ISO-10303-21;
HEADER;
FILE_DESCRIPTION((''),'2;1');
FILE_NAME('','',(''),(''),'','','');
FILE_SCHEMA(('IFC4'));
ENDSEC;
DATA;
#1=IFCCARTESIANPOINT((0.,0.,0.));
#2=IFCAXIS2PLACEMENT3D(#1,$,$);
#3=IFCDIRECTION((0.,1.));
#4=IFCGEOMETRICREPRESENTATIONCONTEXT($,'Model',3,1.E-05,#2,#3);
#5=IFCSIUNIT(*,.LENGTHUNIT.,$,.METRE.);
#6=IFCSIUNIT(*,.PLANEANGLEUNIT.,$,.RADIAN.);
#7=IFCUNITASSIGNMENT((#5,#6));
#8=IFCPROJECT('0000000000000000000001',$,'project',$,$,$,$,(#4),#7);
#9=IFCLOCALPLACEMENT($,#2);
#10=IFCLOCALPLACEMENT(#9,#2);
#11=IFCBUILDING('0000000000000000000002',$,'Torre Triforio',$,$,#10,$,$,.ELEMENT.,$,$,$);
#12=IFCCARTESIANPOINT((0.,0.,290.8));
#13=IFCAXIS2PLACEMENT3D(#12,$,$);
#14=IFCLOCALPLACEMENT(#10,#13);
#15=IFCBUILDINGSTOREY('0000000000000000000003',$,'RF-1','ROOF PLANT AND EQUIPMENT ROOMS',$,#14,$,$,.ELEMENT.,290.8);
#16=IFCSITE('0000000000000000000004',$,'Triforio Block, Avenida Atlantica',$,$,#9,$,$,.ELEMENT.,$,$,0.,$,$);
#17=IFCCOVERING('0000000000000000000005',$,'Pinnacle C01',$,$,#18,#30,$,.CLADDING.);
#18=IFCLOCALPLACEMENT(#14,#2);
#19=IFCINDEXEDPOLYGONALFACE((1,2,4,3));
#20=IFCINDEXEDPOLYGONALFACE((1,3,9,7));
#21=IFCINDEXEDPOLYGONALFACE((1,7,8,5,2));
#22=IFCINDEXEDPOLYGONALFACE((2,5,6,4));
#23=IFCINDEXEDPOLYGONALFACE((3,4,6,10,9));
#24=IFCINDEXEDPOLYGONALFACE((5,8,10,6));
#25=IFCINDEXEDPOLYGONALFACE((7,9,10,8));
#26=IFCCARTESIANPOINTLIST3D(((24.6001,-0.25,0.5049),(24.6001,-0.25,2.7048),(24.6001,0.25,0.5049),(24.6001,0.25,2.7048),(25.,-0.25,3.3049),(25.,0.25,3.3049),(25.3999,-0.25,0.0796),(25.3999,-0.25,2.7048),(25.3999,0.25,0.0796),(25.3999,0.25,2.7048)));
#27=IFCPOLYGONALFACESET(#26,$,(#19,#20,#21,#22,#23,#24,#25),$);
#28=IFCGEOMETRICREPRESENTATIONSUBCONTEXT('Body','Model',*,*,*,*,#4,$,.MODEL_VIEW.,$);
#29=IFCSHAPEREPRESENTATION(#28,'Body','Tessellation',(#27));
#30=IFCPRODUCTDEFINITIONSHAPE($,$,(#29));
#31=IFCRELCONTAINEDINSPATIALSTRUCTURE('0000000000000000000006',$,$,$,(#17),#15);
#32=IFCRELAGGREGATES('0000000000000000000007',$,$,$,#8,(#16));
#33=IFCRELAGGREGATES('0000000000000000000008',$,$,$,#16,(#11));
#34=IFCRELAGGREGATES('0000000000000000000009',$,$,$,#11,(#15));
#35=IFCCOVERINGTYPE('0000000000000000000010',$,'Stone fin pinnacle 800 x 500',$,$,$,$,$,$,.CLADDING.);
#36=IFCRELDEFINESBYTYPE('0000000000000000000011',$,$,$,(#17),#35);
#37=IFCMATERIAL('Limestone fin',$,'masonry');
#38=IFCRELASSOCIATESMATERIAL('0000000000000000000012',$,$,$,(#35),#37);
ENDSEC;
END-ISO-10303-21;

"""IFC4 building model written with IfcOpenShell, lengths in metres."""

from ifc_helpers import new_model, si_unit, direction, frame, origin, place, context, subcontext, project, spatial, polyline, outline, extrude, material, material_profile, profile_set, type_object, element, save


model = new_model("IFC4")

# Units and contexts
model_context = context("Model", 3, precision=1e-05, world=origin(), true_north=direction((0.0, 1.0)))
body_context = subcontext(model_context, "Body", "Model", "MODEL_VIEW")
ifc_project = project(units=[si_unit("LENGTHUNIT", "METRE"), si_unit("PLANEANGLEUNIT", "RADIAN")], contexts=[model_context])

# Site, building, storey
site_placement = place(None, origin())
site = spatial("IfcSite", under=ifc_project, at=site_placement, Name="Triforio Block, Avenida Atlantica", CompositionType="ELEMENT", RefElevation=0.0)
building_placement = place(site_placement, origin())
building = spatial("IfcBuilding", under=site, at=building_placement, Name="Torre Triforio", CompositionType="ELEMENT")
storey_placement = place(building_placement, frame((0.0, 0.0, 290.8)))
storey = spatial("IfcBuildingStorey", under=building, at=storey_placement, Name="RF-1", Description="ROOF PLANT AND EQUIPMENT ROOMS", CompositionType="ELEMENT", Elevation=290.8)

# Covering
ifc_material_1 = material(Name="Limestone fin", Category="masonry")
ifc_material_profile_1 = material_profile(ifc_material_1, outline(polyline([(-0.3999, -0.2126), (0.3999, 0.2126), (0.3999, 2.4126), (0.0, 3.0127), (-0.3999, 2.4126), (-0.3999, -0.2126)])), Name="FIN PINNACLE 800x500")
ifc_profile_set_1 = profile_set([ifc_material_profile_1], Name="Limestone fin")
covering_type = type_object("IfcCoveringType", Name="Stone fin pinnacle 800 x 500", PredefinedType="CLADDING", material=ifc_profile_set_1)
covering_placement = place(storey_placement, frame((25.0, -0.25, 0.2922), z_axis=(0.0, 1.0, 0.0), x_axis=(-1.0, 0.0, 0.0)))
element("IfcCovering", 1, at=covering_placement, inside=storey, type_object=covering_type, Name="Pinnacle C01", PredefinedType="CLADDING", context=body_context, shape_type="SweptSolid", body=[
    extrude(outline(polyline([(-0.3999, -0.2126), (0.3999, 0.2126), (0.3999, 2.4126), (0.0, 3.0127), (-0.3999, 2.4126), (-0.3999, -0.2126)])), origin(), (0.0, 0.0, 1.0), 0.5),
])

save(model, "model.ifc")
